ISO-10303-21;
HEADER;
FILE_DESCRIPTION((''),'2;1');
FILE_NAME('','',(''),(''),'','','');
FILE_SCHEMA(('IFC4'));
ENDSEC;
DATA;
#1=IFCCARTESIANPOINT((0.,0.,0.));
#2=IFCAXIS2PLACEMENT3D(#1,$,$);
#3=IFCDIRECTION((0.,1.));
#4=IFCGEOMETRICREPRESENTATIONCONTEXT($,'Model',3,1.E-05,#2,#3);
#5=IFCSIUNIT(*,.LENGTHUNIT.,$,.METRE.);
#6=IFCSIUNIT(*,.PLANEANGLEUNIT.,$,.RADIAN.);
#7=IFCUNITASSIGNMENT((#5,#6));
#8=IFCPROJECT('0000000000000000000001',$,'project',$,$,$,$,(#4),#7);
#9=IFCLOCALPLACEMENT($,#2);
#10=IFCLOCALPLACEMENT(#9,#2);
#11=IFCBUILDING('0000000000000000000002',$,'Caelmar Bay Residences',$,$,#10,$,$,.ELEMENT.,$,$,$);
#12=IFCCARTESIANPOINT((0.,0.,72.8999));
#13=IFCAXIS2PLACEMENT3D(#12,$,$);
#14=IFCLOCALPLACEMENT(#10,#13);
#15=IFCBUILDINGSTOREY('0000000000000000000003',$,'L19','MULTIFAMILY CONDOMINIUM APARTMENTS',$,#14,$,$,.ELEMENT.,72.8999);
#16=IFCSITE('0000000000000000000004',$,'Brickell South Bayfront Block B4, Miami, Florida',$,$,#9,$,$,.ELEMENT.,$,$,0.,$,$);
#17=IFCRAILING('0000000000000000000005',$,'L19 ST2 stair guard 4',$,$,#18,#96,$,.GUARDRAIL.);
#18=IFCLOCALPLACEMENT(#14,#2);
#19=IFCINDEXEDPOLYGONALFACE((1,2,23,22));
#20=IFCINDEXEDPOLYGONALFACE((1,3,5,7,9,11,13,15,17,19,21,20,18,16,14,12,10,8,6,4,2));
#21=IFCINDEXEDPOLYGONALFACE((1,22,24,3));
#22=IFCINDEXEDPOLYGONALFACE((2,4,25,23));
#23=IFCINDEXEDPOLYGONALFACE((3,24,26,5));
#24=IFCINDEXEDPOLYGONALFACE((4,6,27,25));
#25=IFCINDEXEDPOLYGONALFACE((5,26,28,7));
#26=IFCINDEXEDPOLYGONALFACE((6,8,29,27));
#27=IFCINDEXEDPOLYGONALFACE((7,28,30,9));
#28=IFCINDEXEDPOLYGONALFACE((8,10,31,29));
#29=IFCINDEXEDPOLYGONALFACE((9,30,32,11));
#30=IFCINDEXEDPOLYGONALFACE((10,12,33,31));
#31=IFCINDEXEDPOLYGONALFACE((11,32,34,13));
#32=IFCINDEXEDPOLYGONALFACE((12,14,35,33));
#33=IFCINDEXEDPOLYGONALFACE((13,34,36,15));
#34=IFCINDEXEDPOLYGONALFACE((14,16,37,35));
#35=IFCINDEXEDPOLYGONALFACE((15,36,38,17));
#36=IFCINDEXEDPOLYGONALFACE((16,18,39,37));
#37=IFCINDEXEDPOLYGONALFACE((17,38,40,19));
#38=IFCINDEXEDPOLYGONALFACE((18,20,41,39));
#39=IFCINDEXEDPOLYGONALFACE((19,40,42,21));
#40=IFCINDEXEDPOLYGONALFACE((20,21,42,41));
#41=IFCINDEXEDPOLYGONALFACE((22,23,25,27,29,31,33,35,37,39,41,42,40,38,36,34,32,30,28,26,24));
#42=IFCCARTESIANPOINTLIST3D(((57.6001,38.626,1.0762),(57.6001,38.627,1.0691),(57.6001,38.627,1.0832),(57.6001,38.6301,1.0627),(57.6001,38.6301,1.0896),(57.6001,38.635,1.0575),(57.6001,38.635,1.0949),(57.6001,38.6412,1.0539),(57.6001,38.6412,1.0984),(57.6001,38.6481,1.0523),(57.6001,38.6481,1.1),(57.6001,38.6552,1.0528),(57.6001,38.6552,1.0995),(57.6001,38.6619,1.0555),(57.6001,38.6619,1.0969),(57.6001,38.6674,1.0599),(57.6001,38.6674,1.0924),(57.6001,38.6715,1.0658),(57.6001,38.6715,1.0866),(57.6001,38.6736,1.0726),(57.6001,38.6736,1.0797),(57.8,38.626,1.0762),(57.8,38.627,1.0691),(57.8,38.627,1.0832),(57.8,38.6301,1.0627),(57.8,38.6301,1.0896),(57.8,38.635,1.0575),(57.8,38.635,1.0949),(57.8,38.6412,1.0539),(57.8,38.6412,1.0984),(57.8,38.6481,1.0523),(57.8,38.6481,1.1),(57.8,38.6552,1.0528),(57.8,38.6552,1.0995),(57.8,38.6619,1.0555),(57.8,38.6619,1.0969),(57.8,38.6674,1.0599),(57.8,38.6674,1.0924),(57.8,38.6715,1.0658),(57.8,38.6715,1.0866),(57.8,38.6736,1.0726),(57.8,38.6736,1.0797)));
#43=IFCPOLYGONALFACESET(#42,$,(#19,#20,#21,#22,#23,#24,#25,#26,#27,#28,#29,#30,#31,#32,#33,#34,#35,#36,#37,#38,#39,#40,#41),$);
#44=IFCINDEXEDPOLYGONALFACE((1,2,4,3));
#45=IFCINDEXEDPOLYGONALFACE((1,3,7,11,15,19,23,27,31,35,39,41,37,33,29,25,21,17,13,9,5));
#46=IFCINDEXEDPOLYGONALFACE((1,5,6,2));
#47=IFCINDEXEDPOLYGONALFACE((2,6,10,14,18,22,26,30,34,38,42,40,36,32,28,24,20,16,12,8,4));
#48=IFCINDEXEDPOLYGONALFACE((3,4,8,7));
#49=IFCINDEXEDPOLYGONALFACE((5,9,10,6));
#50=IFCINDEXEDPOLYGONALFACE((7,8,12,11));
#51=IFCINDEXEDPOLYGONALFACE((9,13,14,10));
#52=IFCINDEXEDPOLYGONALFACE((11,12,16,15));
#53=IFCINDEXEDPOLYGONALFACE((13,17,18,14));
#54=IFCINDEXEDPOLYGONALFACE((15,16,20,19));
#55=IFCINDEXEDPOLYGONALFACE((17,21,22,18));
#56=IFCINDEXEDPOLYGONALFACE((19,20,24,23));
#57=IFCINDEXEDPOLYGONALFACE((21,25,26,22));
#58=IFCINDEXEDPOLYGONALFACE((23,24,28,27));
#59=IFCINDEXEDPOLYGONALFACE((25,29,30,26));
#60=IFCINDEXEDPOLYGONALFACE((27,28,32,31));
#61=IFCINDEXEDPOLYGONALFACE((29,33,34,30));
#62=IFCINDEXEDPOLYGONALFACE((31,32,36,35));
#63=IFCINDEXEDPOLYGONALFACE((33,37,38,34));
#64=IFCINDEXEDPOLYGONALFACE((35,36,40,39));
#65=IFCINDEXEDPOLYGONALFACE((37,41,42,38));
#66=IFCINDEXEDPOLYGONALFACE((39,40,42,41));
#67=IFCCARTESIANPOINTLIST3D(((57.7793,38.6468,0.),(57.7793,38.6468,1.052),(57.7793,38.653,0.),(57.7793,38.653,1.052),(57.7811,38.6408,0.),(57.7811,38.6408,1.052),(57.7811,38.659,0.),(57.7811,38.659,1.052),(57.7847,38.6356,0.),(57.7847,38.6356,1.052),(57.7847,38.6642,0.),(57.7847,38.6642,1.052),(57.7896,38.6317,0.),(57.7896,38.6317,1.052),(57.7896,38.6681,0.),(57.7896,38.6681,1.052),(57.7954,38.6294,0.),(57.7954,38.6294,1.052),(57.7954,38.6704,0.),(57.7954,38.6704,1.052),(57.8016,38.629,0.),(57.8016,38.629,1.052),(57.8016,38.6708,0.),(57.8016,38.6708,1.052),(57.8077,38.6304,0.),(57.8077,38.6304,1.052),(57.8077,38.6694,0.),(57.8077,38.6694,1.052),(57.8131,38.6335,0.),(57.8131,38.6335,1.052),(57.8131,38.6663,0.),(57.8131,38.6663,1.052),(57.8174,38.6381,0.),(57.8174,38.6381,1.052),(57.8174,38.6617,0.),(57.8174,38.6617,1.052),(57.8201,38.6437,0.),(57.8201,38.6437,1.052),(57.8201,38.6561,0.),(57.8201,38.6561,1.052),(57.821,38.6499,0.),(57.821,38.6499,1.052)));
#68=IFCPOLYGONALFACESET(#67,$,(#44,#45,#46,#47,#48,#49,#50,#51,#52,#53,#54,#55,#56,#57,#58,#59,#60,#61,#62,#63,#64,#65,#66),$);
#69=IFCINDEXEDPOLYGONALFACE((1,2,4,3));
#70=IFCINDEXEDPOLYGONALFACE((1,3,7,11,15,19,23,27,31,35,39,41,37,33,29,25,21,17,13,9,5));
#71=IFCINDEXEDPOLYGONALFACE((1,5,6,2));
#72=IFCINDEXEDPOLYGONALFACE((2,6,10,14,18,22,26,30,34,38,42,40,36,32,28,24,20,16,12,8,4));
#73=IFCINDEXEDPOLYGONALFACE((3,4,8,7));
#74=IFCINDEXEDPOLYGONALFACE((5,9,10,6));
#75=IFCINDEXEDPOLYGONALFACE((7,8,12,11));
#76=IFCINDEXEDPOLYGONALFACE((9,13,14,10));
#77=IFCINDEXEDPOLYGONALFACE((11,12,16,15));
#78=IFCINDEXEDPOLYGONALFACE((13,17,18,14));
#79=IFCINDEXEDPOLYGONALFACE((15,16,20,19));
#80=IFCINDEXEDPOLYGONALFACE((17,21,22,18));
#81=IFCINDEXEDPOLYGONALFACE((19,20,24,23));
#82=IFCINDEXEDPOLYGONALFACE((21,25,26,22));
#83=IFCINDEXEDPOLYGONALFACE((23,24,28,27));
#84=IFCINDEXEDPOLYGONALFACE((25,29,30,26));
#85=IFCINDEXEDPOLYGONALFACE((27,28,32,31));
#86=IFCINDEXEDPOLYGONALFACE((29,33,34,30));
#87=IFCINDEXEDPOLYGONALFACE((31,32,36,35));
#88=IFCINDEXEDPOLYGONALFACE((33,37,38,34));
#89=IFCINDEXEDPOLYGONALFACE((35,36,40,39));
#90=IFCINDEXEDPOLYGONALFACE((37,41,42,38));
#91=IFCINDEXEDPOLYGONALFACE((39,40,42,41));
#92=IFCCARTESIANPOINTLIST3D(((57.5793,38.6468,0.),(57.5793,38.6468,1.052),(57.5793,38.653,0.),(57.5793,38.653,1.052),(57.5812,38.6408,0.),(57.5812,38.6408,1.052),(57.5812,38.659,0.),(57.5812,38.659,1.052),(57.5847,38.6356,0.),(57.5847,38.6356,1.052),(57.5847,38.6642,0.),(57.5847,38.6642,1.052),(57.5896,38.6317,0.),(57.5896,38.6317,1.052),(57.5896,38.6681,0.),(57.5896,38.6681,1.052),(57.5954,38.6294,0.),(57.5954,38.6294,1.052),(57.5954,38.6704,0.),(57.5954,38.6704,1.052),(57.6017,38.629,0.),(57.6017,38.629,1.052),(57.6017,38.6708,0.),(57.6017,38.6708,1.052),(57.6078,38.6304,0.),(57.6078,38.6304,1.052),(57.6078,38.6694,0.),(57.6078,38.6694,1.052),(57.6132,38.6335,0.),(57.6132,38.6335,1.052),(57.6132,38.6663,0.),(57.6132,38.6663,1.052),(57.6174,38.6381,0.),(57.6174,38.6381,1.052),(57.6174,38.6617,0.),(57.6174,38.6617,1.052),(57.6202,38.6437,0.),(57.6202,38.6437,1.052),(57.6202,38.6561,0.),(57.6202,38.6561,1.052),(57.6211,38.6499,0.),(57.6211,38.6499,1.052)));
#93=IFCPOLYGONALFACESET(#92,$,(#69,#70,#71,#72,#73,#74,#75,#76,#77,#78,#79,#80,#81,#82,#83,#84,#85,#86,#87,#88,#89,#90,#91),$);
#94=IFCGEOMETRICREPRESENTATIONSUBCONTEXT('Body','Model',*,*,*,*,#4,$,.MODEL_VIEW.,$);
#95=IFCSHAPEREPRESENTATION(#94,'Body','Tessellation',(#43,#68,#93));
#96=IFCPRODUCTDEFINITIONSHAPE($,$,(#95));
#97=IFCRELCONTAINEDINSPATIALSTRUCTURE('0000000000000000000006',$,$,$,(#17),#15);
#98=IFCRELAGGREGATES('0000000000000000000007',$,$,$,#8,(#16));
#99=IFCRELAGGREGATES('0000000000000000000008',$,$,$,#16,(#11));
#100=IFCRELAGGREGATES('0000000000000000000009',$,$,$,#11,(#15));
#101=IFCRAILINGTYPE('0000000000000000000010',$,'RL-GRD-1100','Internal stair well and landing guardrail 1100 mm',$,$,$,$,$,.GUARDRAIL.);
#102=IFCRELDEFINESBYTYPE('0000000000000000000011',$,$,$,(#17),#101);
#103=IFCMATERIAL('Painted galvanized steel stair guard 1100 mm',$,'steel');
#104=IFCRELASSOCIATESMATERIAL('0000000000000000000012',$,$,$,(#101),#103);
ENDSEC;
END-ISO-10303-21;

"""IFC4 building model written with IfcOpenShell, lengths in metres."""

from ifc_helpers import new_model, si_unit, direction, frame, origin, origin_2d, place, context, subcontext, project, spatial, circle, extrude, material, type_object, element, save


model = new_model("IFC4")

# Units and contexts
model_context = context("Model", 3, precision=1e-05, world=origin(), true_north=direction((0.0, 1.0)))
body_context = subcontext(model_context, "Body", "Model", "MODEL_VIEW")
ifc_project = project(units=[si_unit("LENGTHUNIT", "METRE"), si_unit("PLANEANGLEUNIT", "RADIAN")], contexts=[model_context])

# Site, building, storey
site_placement = place(None, origin())
site = spatial("IfcSite", under=ifc_project, at=site_placement, Name="Brickell South Bayfront Block B4, Miami, Florida", CompositionType="ELEMENT", RefElevation=0.0)
building_placement = place(site_placement, origin())
building = spatial("IfcBuilding", under=site, at=building_placement, Name="Caelmar Bay Residences", CompositionType="ELEMENT")
storey_placement = place(building_placement, frame((0.0, 0.0, 72.8999)))
storey = spatial("IfcBuildingStorey", under=building, at=storey_placement, Name="L19", Description="MULTIFAMILY CONDOMINIUM APARTMENTS", CompositionType="ELEMENT", Elevation=72.8999)

# Railing
ifc_material_1 = material(Name="Painted galvanized steel stair guard 1100 mm", Category="steel")
railing_type_1 = type_object("IfcRailingType", Name="RL-GRD-1100", Description="Internal stair well and landing guardrail 1100 mm", PredefinedType="GUARDRAIL", material=ifc_material_1)
railing_1_placement = place(storey_placement, frame((57.8, 38.6499, 0.0)))
element("IfcRailing", 1, at=railing_1_placement, inside=storey, type_object=railing_type_1, Name="L19 ST2 stair guard 4", PredefinedType="GUARDRAIL", context=body_context, shape_type="SweptSolid", body=[
    extrude(circle(Radius=0.0239, at=origin_2d()), frame((0.0, 0.0, 1.0762), z_axis=(-1.0, 0.0, 0.0), x_axis=(0.0, -1.0, 0.0)), (0.0, 0.0, 1.0), 0.2),
    extrude(circle(Radius=0.021, at=origin_2d()), origin(), (0.0, 0.0, 1.0), 1.052),
    extrude(circle(Radius=0.021, at=origin_2d()), frame((-0.2, 0.0, 0.0)), (0.0, 0.0, 1.0), 1.052),
])

save(model, "model.ifc")
